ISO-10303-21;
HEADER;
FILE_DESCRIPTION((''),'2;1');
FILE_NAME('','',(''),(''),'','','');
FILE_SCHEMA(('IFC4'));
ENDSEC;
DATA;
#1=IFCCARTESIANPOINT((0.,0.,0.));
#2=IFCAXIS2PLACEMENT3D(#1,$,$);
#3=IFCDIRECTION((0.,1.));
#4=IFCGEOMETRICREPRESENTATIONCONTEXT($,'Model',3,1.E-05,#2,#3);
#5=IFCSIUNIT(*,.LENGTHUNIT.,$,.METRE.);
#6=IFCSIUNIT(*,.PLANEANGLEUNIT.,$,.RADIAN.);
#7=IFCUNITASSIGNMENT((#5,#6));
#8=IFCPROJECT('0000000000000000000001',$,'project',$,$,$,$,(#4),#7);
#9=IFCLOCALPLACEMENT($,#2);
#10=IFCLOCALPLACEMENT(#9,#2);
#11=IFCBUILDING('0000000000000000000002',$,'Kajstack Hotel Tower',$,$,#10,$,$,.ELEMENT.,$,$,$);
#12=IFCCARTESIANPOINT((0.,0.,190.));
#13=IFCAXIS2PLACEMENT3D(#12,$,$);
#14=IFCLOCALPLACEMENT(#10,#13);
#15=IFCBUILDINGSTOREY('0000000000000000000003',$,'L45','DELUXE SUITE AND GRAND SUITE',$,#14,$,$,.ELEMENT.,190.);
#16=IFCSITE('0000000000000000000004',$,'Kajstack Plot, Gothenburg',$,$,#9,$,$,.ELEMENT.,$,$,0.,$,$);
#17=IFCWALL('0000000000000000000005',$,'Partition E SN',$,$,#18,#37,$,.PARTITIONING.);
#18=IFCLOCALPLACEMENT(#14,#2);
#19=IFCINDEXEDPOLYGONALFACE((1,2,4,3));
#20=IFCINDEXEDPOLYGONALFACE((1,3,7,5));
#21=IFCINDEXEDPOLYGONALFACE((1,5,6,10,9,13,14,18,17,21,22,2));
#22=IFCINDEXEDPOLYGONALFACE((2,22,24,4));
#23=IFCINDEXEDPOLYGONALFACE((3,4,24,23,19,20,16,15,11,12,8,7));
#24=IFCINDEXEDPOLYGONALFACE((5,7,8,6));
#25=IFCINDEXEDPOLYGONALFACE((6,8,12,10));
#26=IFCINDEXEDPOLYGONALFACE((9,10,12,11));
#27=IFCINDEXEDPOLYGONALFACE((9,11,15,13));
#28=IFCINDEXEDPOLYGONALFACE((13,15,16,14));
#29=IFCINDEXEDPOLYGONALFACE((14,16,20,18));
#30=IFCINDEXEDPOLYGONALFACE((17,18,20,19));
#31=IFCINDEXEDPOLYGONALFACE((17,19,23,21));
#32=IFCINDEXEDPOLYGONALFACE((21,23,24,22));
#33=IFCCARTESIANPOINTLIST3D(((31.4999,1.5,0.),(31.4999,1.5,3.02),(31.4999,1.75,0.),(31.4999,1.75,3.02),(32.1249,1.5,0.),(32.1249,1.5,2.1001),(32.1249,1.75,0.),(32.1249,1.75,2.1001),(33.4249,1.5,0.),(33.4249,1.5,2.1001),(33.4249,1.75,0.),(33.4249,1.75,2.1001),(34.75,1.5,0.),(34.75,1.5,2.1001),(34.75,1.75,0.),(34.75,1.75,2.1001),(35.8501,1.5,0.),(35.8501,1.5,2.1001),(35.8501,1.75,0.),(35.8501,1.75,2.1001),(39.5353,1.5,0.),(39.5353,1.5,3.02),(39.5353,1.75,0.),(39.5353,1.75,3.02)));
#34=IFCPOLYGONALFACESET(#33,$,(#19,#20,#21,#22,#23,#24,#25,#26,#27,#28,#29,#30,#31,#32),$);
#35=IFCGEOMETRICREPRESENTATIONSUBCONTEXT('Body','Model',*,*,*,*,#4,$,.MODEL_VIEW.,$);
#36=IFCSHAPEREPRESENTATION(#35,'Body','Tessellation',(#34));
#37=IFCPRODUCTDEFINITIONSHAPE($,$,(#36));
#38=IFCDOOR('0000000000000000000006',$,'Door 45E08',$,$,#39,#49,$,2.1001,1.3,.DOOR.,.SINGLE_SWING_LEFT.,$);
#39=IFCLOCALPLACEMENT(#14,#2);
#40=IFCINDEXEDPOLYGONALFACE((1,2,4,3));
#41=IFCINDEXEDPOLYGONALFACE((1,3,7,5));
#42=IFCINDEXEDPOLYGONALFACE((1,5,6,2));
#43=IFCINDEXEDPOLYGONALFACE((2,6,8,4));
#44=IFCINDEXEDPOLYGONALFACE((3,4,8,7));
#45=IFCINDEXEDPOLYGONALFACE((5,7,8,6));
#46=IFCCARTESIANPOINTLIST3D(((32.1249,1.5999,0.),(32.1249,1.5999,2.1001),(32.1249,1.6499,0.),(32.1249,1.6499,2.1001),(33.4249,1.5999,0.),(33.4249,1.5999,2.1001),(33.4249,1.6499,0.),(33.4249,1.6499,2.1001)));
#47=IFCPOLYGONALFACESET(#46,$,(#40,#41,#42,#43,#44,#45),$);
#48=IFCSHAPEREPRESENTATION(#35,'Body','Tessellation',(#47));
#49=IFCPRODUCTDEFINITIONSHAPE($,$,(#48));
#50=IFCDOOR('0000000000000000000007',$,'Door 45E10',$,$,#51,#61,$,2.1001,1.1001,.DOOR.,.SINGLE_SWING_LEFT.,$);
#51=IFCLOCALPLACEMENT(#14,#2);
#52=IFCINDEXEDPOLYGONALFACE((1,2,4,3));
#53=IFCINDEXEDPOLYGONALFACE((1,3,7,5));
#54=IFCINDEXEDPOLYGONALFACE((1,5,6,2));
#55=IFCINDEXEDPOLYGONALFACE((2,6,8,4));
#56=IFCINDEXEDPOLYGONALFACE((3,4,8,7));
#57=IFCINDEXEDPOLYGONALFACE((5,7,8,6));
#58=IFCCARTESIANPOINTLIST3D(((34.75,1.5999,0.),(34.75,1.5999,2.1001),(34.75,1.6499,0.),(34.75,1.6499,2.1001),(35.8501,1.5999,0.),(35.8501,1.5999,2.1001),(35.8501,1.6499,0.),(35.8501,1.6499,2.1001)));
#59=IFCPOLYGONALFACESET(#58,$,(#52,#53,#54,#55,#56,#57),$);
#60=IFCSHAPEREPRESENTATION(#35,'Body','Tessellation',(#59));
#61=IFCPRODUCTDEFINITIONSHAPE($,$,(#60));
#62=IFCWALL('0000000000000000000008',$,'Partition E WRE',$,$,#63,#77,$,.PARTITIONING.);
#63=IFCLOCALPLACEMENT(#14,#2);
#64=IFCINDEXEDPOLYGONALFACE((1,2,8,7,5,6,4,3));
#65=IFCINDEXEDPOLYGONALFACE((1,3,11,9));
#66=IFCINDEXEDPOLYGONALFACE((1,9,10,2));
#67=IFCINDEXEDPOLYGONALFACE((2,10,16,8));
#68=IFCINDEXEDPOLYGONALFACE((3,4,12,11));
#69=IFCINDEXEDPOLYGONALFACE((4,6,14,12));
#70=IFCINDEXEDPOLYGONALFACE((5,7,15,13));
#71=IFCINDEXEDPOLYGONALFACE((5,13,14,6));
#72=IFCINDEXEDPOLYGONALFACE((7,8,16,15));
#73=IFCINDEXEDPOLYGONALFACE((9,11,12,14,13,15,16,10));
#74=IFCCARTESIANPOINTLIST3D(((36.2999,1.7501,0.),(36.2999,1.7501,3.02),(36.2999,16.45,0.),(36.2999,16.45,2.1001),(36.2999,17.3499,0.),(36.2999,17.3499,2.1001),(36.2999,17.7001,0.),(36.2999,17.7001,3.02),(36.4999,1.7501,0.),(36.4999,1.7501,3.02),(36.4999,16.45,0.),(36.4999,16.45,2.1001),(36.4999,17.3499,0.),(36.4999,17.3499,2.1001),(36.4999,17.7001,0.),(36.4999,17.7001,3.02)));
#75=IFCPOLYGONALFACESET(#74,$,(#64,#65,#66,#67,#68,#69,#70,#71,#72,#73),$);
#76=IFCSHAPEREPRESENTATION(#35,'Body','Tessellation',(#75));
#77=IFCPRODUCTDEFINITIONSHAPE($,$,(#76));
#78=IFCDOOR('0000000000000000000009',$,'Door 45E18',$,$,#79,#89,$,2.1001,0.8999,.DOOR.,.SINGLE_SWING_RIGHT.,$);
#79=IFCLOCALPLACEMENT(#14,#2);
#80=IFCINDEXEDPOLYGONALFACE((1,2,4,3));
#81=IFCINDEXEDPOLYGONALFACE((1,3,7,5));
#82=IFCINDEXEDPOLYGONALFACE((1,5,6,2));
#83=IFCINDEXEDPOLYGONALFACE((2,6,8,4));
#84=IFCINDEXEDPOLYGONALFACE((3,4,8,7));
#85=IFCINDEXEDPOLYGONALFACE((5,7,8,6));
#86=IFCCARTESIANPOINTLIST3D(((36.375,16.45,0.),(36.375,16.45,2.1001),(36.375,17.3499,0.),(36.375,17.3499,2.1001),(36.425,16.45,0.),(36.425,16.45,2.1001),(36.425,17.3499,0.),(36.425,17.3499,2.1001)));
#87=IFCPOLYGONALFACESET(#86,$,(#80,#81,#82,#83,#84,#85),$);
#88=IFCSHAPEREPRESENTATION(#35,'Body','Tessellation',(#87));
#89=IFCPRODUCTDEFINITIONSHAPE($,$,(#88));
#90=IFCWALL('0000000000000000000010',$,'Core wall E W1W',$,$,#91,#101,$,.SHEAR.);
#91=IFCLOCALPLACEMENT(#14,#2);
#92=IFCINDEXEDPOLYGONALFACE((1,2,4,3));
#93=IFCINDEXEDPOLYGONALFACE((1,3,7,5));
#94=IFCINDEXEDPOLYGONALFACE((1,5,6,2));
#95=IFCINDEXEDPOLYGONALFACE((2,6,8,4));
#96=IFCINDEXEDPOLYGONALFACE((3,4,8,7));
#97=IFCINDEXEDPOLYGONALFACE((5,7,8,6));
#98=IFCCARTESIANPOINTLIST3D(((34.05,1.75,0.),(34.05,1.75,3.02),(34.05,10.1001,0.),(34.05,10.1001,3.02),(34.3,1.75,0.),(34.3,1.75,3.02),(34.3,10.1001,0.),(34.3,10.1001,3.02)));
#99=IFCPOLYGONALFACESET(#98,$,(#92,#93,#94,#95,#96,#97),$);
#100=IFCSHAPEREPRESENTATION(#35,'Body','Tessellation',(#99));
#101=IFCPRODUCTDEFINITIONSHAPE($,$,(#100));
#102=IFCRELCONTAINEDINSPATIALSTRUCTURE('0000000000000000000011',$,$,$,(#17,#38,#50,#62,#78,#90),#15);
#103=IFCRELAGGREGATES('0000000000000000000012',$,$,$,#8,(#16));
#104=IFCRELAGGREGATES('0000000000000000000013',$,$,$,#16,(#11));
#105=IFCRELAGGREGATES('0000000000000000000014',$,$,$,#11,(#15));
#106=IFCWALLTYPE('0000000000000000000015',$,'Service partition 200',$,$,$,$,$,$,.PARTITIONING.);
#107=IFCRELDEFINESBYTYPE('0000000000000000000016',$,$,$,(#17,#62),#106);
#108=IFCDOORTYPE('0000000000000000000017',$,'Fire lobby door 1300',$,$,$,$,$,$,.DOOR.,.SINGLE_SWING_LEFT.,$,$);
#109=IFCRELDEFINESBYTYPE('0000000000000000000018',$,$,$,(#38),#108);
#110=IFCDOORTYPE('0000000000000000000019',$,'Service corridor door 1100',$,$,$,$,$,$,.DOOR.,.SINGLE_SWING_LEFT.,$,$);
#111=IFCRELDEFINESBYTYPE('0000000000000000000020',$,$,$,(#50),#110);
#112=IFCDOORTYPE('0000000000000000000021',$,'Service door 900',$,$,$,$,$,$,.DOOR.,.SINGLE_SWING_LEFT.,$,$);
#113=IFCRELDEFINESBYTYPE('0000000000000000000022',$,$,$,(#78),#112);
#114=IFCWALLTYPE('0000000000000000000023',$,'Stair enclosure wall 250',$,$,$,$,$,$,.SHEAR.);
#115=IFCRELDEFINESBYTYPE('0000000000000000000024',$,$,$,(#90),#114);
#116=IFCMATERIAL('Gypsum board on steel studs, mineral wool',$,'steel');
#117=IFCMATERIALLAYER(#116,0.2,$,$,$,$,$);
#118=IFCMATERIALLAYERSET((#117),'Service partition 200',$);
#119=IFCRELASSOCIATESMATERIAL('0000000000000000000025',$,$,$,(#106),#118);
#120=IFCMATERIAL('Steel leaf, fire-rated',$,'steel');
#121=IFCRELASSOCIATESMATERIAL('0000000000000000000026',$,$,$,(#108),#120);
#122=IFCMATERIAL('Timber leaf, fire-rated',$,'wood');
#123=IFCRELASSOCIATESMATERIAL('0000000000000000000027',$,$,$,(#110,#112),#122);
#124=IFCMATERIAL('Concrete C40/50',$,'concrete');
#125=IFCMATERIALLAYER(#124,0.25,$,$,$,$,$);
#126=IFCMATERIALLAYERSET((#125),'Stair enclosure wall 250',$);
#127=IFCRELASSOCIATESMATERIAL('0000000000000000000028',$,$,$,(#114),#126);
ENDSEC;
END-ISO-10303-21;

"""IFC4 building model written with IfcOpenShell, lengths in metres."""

from ifc_helpers import new_model, si_unit, direction, frame, frame_2d, origin, place, context, subcontext, project, spatial, rectangle, extrude, material, layer, layer_set, type_object, element, fill, save


model = new_model("IFC4")

# Units and contexts
model_context = context("Model", 3, precision=1e-05, world=origin(), true_north=direction((0.0, 1.0)))
body_context = subcontext(model_context, "Body", "Model", "MODEL_VIEW")
ifc_project = project(units=[si_unit("LENGTHUNIT", "METRE"), si_unit("PLANEANGLEUNIT", "RADIAN")], contexts=[model_context])

# Site, building, storey
site_placement = place(None, origin())
site = spatial("IfcSite", under=ifc_project, at=site_placement, Name="Kajstack Plot, Gothenburg", CompositionType="ELEMENT", RefElevation=0.0)
building_placement = place(site_placement, origin())
building = spatial("IfcBuilding", under=site, at=building_placement, Name="Kajstack Hotel Tower", CompositionType="ELEMENT")
storey_placement = place(building_placement, frame((0.0, 0.0, 190.0)))
storey = spatial("IfcBuildingStorey", under=building, at=storey_placement, Name="L45", Description="DELUXE SUITE AND GRAND SUITE", CompositionType="ELEMENT", Elevation=190.0)

# Wall, openings, doors
ifc_material_1 = material(Name="Gypsum board on steel studs, mineral wool", Category="steel")
ifc_layer_1 = layer(ifc_material_1, 0.2)
ifc_layer_set_1 = layer_set([ifc_layer_1], Name="Service partition 200")
wall_type_1 = type_object("IfcWallType", Name="Service partition 200", PredefinedType="PARTITIONING", material=ifc_layer_set_1)
wall_1_placement = place(storey_placement, frame((31.5, 1.625, 0.0), z_axis=(0.0, 0.0, 1.0), x_axis=(1.0, 0.0, 0.0)))
wall_1 = element("IfcWall", 1, at=wall_1_placement, inside=storey, type_object=wall_type_1, Name="Partition E SN", PredefinedType="PARTITIONING", context=body_context, shape_type="SweptSolid", body=[
    extrude(rectangle(XDim=8.0354, YDim=0.25, at=frame_2d((4.0176, 0.0))), origin(), (0.0, 0.0, 1.0), 3.02),
])
opening_1_placement = place(wall_1_placement, frame((0.625, 0.0, 0.0)))
opening_1 = element("IfcOpeningElement", 2, at=opening_1_placement, cuts=wall_1, PredefinedType="OPENING", context=body_context, shape_type="SweptSolid", body=[
    extrude(rectangle(XDim=1.3, YDim=2.1001, at=frame_2d((0.6499, 1.05))), frame((0.0, 0.135, 0.0), z_axis=(0.0, -1.0, 0.0), x_axis=(1.0, 0.0, 0.0)), (0.0, 0.0, 1.0), 0.27),
])
opening_2_placement = place(wall_1_placement, frame((3.25, 0.0, 0.0)))
opening_2 = element("IfcOpeningElement", 3, at=opening_2_placement, cuts=wall_1, PredefinedType="OPENING", context=body_context, shape_type="SweptSolid", body=[
    extrude(rectangle(XDim=1.1001, YDim=2.1001, at=frame_2d((0.55, 1.05))), frame((0.0, 0.135, 0.0), z_axis=(0.0, -1.0, 0.0), x_axis=(1.0, 0.0, 0.0)), (0.0, 0.0, 1.0), 0.27),
])
ifc_material_2 = material(Name="Steel leaf, fire-rated", Category="steel")
door_type_1 = type_object("IfcDoorType", Name="Fire lobby door 1300", OperationType="SINGLE_SWING_LEFT", PredefinedType="DOOR", material=ifc_material_2)
door_1_placement = place(opening_1_placement, origin())
door_1 = element("IfcDoor", 4, at=door_1_placement, inside=storey, type_object=door_type_1, Name="Door 45E08", OperationType="SINGLE_SWING_LEFT", OverallHeight=2.1001, OverallWidth=1.3, PredefinedType="DOOR", context=body_context, shape_type="SweptSolid", body=[
    extrude(rectangle(XDim=1.3, YDim=2.1001, at=frame_2d((0.6499, 1.05))), frame((0.0, 0.0249, 0.0), z_axis=(0.0, -1.0, 0.0), x_axis=(1.0, 0.0, 0.0)), (0.0, 0.0, 1.0), 0.05),
])
fill(opening_1, door_1)
ifc_material_3 = material(Name="Timber leaf, fire-rated", Category="wood")
door_type_2 = type_object("IfcDoorType", Name="Service corridor door 1100", OperationType="SINGLE_SWING_LEFT", PredefinedType="DOOR", material=ifc_material_3)
door_2_placement = place(opening_2_placement, origin())
door_2 = element("IfcDoor", 5, at=door_2_placement, inside=storey, type_object=door_type_2, Name="Door 45E10", OperationType="SINGLE_SWING_LEFT", OverallHeight=2.1001, OverallWidth=1.1001, PredefinedType="DOOR", context=body_context, shape_type="SweptSolid", body=[
    extrude(rectangle(XDim=1.1001, YDim=2.1001, at=frame_2d((0.55, 1.05))), frame((0.0, 0.0249, 0.0), z_axis=(0.0, -1.0, 0.0), x_axis=(1.0, 0.0, 0.0)), (0.0, 0.0, 1.0), 0.05),
])
fill(opening_2, door_2)

# Wall, opening, door
wall_2_placement = place(storey_placement, frame((36.3999, 1.75, 0.0), z_axis=(0.0, 0.0, 1.0), x_axis=(0.0, 1.0, 0.0)))
wall_2 = element("IfcWall", 6, at=wall_2_placement, inside=storey, type_object=wall_type_1, Name="Partition E WRE", PredefinedType="PARTITIONING", context=body_context, shape_type="SweptSolid", body=[
    extrude(rectangle(XDim=15.95, YDim=0.2, at=frame_2d((7.9751, 0.0))), origin(), (0.0, 0.0, 1.0), 3.02),
])
opening_3_placement = place(wall_2_placement, frame((14.7, 0.0, 0.0)))
opening_3 = element("IfcOpeningElement", 7, at=opening_3_placement, cuts=wall_2, PredefinedType="OPENING", context=body_context, shape_type="SweptSolid", body=[
    extrude(rectangle(XDim=0.8999, YDim=2.1001, at=frame_2d((0.45, 1.05))), frame((0.0, 0.1099, 0.0), z_axis=(0.0, -1.0, 0.0), x_axis=(1.0, 0.0, 0.0)), (0.0, 0.0, 1.0), 0.22),
])
door_type_3 = type_object("IfcDoorType", Name="Service door 900", OperationType="SINGLE_SWING_LEFT", PredefinedType="DOOR", material=ifc_material_3)
door_3_placement = place(opening_3_placement, origin())
door_3 = element("IfcDoor", 8, at=door_3_placement, inside=storey, type_object=door_type_3, Name="Door 45E18", OperationType="SINGLE_SWING_RIGHT", OverallHeight=2.1001, OverallWidth=0.8999, PredefinedType="DOOR", context=body_context, shape_type="SweptSolid", body=[
    extrude(rectangle(XDim=0.8999, YDim=2.1001, at=frame_2d((0.45, 1.05))), frame((0.0, 0.0249, 0.0), z_axis=(0.0, -1.0, 0.0), x_axis=(1.0, 0.0, 0.0)), (0.0, 0.0, 1.0), 0.05),
])
fill(opening_3, door_3)

# Wall
ifc_material_4 = material(Name="Concrete C40/50", Category="concrete")
ifc_layer_2 = layer(ifc_material_4, 0.25)
ifc_layer_set_2 = layer_set([ifc_layer_2], Name="Stair enclosure wall 250")
wall_type_2 = type_object("IfcWallType", Name="Stair enclosure wall 250", PredefinedType="SHEAR", material=ifc_layer_set_2)
wall_3_placement = place(storey_placement, frame((34.175, 1.75, 0.0), z_axis=(0.0, 0.0, 1.0), x_axis=(0.0, 1.0, 0.0)))
element("IfcWall", 9, at=wall_3_placement, inside=storey, type_object=wall_type_2, Name="Core wall E W1W", PredefinedType="SHEAR", context=body_context, shape_type="SweptSolid", body=[
    extrude(rectangle(XDim=8.3501, YDim=0.25, at=frame_2d((4.175, 0.0))), origin(), (0.0, 0.0, 1.0), 3.02),
])

save(model, "model.ifc")
